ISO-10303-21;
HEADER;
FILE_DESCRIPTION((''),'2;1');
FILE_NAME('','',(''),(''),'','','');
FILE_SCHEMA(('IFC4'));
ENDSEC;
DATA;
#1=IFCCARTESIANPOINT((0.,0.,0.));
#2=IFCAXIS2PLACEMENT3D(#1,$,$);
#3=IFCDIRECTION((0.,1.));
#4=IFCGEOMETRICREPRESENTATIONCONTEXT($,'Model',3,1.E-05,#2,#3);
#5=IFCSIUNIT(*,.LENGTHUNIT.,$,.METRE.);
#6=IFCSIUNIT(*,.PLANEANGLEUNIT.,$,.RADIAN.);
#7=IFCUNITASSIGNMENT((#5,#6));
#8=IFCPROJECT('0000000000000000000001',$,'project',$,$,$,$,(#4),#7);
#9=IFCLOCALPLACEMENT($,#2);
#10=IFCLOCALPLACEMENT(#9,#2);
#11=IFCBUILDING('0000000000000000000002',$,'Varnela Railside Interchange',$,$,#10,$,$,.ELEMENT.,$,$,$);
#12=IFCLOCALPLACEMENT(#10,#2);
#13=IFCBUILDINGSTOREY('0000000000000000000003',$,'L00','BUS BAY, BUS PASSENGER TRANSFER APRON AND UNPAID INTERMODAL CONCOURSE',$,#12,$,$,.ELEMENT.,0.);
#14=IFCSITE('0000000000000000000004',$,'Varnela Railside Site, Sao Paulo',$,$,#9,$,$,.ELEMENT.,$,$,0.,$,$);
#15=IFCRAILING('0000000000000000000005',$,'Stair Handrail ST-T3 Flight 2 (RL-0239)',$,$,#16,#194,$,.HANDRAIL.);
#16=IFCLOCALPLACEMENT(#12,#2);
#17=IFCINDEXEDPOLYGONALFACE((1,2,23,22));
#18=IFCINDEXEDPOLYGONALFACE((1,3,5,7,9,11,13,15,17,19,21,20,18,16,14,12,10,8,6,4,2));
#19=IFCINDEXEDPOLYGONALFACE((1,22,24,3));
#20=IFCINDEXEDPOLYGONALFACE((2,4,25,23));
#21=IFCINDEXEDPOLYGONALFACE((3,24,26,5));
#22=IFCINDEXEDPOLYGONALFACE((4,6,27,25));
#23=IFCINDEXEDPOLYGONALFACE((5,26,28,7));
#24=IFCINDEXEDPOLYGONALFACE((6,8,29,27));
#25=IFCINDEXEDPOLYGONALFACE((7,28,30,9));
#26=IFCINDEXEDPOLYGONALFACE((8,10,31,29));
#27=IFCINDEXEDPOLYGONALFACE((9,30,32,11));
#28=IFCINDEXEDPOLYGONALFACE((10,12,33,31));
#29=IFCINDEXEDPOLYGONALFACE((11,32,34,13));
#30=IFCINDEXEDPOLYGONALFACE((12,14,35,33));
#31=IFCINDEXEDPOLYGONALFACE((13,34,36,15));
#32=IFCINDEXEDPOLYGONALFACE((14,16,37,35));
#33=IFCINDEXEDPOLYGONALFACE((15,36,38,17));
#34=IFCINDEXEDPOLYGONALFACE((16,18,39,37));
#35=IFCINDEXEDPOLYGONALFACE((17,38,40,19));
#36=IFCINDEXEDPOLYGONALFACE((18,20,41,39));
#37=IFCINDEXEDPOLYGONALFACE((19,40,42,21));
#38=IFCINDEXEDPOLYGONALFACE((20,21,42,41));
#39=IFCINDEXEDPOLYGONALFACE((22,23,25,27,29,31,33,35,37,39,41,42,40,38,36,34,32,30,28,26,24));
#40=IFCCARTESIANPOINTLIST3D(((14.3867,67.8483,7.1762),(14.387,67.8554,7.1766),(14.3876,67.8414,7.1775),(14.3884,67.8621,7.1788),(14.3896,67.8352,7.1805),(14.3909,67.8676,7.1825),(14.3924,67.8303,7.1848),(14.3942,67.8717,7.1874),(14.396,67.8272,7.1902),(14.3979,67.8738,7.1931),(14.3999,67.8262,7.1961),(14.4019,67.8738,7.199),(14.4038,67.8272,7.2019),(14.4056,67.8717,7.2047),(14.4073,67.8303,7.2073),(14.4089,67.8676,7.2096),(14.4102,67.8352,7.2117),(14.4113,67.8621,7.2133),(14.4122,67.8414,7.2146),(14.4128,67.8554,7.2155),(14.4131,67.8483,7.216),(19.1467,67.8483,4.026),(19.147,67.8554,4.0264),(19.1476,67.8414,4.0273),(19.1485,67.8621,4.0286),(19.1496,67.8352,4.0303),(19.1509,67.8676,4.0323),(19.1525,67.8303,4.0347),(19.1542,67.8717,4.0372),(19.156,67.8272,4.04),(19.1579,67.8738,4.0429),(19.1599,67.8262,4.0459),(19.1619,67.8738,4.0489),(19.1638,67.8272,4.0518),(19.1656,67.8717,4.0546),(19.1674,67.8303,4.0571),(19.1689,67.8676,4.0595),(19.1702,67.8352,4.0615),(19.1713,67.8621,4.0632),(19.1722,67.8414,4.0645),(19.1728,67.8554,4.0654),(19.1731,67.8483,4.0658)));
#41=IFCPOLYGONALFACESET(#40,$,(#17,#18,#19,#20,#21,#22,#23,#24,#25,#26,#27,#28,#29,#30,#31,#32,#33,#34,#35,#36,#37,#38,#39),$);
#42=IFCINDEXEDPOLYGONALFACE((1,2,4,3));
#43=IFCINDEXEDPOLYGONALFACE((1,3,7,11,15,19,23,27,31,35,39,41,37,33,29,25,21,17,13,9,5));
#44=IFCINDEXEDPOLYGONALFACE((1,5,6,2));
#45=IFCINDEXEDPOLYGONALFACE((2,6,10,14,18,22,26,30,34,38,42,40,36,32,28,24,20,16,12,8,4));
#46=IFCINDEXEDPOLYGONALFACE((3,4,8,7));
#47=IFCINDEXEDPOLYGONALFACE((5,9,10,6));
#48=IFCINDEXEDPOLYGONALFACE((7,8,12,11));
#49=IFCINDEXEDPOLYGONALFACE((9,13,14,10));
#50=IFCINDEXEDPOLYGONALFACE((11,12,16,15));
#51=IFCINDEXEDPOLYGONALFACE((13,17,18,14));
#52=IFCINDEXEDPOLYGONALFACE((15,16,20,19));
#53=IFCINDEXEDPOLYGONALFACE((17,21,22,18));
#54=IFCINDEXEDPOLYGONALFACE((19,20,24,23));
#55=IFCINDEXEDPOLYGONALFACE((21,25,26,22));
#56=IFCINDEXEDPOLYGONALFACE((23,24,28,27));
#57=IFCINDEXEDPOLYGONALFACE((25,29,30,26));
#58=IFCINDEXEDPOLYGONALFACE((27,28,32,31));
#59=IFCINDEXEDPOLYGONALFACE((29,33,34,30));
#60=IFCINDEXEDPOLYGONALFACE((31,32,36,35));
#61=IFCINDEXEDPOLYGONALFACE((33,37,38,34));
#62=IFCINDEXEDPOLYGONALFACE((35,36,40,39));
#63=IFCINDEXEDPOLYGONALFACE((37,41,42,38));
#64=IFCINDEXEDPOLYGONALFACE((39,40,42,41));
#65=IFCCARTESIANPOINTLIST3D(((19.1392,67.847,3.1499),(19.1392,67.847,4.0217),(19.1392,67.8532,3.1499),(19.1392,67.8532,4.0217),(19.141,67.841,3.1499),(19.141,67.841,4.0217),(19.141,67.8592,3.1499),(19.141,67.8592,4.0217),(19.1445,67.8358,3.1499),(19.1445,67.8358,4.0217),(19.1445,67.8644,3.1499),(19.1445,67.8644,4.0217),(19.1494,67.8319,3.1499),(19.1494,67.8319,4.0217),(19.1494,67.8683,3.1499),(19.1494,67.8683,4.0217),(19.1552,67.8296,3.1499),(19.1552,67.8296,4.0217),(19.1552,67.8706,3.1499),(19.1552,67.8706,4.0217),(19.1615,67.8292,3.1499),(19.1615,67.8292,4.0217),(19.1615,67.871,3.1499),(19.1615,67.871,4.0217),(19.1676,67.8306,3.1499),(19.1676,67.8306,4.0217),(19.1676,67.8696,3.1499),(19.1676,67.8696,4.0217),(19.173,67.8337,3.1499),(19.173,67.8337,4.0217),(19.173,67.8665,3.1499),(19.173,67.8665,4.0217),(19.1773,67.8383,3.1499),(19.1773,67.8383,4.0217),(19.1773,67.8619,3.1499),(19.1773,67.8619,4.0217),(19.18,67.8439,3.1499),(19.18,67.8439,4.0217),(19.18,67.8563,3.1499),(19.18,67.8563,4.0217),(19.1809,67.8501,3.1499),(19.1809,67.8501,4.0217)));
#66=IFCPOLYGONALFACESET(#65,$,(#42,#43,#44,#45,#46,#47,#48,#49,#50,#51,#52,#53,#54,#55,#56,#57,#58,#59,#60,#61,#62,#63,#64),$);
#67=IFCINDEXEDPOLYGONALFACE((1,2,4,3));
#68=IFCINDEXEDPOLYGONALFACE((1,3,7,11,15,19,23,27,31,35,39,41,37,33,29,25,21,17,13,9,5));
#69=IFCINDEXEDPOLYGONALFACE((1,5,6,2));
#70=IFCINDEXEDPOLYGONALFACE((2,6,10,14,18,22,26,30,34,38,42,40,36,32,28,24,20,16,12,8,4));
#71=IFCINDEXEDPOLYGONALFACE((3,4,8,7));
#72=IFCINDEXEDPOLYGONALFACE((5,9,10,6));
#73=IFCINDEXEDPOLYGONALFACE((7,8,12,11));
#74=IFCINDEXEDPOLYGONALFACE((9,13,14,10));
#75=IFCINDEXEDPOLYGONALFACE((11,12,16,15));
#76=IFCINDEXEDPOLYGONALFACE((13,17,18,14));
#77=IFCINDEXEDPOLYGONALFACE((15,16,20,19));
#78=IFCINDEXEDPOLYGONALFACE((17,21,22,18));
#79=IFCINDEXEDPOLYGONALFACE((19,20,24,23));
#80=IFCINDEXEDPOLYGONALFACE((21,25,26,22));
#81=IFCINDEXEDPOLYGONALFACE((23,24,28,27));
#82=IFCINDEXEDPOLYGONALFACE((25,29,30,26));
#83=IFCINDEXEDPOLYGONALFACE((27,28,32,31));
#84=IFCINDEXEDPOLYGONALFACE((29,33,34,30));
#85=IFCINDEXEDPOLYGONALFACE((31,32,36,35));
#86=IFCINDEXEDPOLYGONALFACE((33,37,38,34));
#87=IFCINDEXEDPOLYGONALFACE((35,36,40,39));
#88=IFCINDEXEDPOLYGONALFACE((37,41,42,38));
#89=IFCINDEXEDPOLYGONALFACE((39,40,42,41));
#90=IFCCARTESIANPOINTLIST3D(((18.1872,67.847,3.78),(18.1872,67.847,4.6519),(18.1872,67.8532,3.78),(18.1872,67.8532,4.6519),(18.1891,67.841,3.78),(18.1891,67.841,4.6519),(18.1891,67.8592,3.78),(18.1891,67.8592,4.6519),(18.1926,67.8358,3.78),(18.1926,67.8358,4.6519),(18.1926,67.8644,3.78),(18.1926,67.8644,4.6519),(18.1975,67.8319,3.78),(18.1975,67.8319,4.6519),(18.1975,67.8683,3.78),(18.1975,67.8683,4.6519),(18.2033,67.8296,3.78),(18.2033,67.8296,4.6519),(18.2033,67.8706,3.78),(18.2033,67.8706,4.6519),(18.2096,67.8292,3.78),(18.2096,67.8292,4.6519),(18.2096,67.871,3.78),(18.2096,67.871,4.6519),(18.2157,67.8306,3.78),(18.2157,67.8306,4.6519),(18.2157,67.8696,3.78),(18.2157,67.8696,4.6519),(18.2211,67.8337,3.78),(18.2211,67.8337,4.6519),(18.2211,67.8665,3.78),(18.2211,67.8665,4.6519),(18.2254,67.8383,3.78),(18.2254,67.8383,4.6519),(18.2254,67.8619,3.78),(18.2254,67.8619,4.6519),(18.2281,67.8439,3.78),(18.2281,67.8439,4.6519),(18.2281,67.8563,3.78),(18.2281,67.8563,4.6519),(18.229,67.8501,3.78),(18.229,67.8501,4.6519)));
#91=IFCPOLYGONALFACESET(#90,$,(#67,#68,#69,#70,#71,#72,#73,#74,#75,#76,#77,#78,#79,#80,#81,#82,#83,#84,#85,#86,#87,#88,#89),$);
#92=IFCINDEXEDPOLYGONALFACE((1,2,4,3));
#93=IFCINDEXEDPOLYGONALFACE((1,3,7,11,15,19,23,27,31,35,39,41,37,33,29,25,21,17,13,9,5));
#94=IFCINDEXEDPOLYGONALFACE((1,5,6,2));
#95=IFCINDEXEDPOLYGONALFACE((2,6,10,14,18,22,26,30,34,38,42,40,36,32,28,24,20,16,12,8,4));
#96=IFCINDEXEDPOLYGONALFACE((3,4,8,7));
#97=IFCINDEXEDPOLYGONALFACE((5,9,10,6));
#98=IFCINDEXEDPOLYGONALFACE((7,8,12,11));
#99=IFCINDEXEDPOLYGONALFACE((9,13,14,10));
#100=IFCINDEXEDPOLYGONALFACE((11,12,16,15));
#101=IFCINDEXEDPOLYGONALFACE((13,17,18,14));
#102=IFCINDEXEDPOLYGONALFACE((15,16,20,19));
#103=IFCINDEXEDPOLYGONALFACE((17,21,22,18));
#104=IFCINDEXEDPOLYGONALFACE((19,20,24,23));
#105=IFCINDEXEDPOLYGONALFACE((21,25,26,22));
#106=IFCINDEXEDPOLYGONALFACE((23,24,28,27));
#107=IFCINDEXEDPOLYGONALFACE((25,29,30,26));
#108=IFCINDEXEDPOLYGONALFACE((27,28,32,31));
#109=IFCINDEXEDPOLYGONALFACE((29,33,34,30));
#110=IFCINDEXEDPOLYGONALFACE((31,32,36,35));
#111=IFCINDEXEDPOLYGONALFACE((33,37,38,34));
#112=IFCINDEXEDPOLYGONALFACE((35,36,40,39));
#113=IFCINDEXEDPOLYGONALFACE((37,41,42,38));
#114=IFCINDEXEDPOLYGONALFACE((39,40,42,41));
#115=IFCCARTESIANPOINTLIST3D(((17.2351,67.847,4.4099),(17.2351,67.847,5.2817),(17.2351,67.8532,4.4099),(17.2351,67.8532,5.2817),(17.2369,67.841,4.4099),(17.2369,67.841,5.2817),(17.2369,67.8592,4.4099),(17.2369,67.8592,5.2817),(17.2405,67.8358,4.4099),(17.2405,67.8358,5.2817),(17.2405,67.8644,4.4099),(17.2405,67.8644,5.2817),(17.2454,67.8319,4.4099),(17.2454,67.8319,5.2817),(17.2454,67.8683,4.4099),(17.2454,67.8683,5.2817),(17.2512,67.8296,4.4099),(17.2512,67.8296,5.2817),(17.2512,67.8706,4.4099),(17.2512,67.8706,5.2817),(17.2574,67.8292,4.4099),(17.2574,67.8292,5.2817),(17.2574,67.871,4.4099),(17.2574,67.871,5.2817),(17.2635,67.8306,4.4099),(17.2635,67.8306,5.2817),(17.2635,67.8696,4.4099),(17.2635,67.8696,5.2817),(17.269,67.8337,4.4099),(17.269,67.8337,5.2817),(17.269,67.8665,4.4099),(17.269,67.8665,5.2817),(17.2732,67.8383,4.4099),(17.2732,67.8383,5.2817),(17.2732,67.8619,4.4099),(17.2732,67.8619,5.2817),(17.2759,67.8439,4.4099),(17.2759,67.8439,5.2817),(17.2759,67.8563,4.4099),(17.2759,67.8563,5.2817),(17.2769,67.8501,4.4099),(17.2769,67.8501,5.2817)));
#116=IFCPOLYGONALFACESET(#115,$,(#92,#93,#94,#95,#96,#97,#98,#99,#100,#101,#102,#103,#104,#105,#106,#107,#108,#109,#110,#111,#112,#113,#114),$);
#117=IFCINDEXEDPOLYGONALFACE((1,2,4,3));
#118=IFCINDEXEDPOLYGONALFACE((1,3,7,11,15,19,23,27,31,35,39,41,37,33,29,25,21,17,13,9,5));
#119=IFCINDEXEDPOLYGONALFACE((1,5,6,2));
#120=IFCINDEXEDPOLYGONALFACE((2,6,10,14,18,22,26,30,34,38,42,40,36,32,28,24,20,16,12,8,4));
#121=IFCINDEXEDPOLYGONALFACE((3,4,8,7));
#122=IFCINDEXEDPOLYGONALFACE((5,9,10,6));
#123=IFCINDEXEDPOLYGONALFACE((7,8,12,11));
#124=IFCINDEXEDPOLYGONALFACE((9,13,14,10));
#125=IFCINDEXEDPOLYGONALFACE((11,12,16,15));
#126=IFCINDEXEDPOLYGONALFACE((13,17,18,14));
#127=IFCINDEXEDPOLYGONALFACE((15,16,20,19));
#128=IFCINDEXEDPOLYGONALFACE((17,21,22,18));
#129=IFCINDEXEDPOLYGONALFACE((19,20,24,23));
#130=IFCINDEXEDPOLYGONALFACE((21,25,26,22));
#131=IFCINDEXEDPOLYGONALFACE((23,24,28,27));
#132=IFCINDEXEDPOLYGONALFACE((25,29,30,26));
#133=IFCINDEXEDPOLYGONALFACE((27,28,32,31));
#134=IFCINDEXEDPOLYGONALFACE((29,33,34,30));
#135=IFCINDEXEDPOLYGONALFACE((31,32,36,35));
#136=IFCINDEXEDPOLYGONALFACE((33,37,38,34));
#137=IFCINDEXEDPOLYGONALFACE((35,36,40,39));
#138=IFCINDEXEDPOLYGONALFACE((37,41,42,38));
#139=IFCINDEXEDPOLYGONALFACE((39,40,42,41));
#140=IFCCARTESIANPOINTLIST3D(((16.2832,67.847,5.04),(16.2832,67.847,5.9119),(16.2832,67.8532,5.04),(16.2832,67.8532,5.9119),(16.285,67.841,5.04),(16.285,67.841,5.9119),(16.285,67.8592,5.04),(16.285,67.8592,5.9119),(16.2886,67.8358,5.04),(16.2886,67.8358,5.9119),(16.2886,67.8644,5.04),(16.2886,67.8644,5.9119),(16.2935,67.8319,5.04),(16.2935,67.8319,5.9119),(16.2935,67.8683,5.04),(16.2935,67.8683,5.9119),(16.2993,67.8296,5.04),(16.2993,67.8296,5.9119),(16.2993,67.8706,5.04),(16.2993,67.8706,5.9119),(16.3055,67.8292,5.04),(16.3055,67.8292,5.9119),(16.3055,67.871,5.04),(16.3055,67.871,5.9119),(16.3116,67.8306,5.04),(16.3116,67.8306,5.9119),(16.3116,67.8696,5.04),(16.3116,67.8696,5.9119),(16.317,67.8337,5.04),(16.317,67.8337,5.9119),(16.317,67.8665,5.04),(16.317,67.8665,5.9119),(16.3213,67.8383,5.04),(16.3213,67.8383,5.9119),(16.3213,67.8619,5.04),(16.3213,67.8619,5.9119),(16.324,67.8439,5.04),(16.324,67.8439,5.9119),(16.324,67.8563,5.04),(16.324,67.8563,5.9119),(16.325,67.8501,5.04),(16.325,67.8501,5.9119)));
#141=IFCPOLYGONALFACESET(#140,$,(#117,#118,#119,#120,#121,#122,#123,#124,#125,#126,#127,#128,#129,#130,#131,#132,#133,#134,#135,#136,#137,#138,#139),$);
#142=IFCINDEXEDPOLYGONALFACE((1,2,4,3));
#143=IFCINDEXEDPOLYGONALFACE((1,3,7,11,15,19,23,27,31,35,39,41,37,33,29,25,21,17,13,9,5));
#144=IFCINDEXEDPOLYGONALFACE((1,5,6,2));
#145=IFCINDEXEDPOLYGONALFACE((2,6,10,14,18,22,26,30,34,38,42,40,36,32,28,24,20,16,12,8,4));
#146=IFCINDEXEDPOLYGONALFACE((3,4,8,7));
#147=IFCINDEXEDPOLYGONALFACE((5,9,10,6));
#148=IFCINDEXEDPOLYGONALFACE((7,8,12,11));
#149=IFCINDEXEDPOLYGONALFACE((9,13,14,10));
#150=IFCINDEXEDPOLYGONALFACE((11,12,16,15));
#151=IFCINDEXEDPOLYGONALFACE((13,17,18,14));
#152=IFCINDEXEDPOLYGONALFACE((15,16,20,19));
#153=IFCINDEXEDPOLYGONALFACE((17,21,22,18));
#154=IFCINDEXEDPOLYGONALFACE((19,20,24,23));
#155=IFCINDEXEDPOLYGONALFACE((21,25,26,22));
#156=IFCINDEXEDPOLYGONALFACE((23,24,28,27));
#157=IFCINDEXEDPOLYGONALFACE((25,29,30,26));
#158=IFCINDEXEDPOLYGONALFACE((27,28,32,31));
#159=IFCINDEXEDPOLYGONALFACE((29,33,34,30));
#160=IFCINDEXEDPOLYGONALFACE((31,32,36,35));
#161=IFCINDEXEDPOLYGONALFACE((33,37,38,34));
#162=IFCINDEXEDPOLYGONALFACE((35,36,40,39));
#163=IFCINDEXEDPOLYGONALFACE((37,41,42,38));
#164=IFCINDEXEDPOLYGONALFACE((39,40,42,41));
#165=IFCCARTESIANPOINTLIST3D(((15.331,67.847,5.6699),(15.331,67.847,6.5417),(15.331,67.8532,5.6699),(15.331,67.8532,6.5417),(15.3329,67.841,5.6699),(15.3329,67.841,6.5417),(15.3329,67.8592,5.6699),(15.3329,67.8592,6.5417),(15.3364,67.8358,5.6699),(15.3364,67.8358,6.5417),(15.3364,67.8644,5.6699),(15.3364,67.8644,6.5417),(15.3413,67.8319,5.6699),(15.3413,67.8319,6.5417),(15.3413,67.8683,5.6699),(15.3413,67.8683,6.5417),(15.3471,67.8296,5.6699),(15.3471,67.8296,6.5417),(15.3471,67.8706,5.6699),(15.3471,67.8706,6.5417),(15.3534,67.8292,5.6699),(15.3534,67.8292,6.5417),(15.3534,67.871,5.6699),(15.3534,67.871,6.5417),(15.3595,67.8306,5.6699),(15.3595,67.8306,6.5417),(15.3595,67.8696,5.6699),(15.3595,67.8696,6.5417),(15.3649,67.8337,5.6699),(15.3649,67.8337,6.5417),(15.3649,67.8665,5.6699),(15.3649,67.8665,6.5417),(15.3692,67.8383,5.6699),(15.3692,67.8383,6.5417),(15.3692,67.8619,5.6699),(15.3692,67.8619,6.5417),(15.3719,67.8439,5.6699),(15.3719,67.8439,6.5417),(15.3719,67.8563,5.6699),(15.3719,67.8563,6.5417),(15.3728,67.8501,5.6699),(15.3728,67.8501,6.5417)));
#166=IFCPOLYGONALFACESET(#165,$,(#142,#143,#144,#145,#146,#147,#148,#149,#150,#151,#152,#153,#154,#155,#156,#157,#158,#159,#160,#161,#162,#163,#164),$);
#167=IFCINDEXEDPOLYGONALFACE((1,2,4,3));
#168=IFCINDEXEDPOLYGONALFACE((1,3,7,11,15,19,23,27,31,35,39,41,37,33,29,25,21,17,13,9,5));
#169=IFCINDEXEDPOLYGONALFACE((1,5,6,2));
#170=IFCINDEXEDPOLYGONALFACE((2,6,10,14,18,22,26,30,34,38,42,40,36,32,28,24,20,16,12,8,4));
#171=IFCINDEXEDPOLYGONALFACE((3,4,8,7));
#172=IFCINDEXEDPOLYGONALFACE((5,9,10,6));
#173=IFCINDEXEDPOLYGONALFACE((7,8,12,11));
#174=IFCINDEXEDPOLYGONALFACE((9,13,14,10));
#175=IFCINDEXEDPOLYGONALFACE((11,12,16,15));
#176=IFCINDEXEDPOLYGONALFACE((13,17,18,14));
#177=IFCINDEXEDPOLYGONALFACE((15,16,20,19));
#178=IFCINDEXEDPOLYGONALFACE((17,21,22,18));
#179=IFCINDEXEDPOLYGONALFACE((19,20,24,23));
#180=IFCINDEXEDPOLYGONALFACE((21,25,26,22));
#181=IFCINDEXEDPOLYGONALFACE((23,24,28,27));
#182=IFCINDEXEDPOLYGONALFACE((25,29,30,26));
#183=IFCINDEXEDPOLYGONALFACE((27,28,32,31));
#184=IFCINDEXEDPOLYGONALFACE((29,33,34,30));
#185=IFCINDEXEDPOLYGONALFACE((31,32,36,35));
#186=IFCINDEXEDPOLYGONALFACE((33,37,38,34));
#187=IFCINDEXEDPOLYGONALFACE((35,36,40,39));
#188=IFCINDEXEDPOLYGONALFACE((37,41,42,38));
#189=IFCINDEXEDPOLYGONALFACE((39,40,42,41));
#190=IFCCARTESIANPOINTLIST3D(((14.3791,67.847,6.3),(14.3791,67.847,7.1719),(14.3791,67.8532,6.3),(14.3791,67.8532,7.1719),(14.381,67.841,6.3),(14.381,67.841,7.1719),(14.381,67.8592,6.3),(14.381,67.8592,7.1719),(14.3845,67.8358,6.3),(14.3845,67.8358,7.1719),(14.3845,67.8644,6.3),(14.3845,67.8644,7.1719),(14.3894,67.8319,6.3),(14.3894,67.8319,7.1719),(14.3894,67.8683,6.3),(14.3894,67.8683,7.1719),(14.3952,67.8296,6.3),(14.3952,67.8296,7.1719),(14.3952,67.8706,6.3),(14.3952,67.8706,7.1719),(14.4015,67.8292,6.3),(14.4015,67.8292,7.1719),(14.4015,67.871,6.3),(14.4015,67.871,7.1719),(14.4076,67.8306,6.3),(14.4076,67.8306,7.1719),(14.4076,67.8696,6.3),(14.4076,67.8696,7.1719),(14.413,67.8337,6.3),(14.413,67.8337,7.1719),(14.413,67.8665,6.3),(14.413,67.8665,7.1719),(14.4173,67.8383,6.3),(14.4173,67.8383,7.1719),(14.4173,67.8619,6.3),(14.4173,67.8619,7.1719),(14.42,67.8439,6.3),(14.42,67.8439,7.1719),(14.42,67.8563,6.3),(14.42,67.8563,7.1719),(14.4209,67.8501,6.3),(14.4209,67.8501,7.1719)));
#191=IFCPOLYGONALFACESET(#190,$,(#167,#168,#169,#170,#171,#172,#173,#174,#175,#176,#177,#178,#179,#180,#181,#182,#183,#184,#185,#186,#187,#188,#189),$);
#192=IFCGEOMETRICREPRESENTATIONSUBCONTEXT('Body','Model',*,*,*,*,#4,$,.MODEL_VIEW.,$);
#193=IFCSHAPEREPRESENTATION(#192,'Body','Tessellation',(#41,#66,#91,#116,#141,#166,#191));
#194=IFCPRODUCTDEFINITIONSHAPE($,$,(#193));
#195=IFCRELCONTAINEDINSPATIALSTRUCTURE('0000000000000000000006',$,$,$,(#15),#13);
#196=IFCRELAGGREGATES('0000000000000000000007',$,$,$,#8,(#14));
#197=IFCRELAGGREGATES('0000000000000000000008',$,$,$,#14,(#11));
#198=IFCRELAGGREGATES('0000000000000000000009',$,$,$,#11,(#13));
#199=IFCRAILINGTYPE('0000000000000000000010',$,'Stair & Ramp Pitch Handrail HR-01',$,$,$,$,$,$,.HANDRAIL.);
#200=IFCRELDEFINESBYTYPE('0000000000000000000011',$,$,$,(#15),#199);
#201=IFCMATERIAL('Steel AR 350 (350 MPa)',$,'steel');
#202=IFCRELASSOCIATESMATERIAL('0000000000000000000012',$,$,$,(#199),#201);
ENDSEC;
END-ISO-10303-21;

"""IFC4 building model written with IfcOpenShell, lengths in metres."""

from ifc_helpers import new_model, si_unit, direction, frame, origin, origin_2d, place, context, subcontext, project, spatial, circle, extrude, material, type_object, element, save


model = new_model("IFC4")

# Units and contexts
model_context = context("Model", 3, precision=1e-05, world=origin(), true_north=direction((0.0, 1.0)))
body_context = subcontext(model_context, "Body", "Model", "MODEL_VIEW")
ifc_project = project(units=[si_unit("LENGTHUNIT", "METRE"), si_unit("PLANEANGLEUNIT", "RADIAN")], contexts=[model_context])

# Site, building, storey
site_placement = place(None, origin())
site = spatial("IfcSite", under=ifc_project, at=site_placement, Name="Varnela Railside Site, Sao Paulo", CompositionType="ELEMENT", RefElevation=0.0)
building_placement = place(site_placement, origin())
building = spatial("IfcBuilding", under=site, at=building_placement, Name="Varnela Railside Interchange", CompositionType="ELEMENT")
storey_placement = place(building_placement, origin())
storey = spatial("IfcBuildingStorey", under=building, at=storey_placement, Name="L00", Description="BUS BAY, BUS PASSENGER TRANSFER APRON AND UNPAID INTERMODAL CONCOURSE", CompositionType="ELEMENT", Elevation=0.0)

# Shared definitions
ifc_material_1 = material(Name="Steel AR 350 (350 MPa)", Category="steel")

# Railing
railing_type_1 = type_object("IfcRailingType", Name="Stair & Ramp Pitch Handrail HR-01", PredefinedType="HANDRAIL", material=ifc_material_1)
railing_1_placement = place(storey_placement, frame((19.1599, 67.8501, 3.1499)))
element("IfcRailing", 1, at=railing_1_placement, inside=storey, type_object=railing_type_1, Name="Stair Handrail ST-T3 Flight 2 (RL-0239)", PredefinedType="HANDRAIL", context=body_context, shape_type="SweptSolid", body=[
    extrude(circle(Radius=0.0239, at=origin_2d()), frame((0.0, 0.0, 0.896), z_axis=(-0.833921, 0.0, 0.551884), x_axis=(0.0, -1.0, 0.0)), (0.0, 0.0, 1.0), 5.708),
    extrude(circle(Radius=0.021, at=origin_2d()), origin(), (0.0, 0.0, 1.0), 0.8718),
    extrude(circle(Radius=0.021, at=origin_2d()), frame((-0.9519, 0.0, 0.6301)), (0.0, 0.0, 1.0), 0.8718),
    extrude(circle(Radius=0.021, at=origin_2d()), frame((-1.9041, 0.0, 1.26)), (0.0, 0.0, 1.0), 0.8718),
    extrude(circle(Radius=0.021, at=origin_2d()), frame((-2.856, 0.0, 1.8901)), (0.0, 0.0, 1.0), 0.8718),
    extrude(circle(Radius=0.021, at=origin_2d()), frame((-3.8081, 0.0, 2.52)), (0.0, 0.0, 1.0), 0.8718),
    extrude(circle(Radius=0.021, at=origin_2d()), frame((-4.76, 0.0, 3.1501)), (0.0, 0.0, 1.0), 0.8718),
])

save(model, "model.ifc")
